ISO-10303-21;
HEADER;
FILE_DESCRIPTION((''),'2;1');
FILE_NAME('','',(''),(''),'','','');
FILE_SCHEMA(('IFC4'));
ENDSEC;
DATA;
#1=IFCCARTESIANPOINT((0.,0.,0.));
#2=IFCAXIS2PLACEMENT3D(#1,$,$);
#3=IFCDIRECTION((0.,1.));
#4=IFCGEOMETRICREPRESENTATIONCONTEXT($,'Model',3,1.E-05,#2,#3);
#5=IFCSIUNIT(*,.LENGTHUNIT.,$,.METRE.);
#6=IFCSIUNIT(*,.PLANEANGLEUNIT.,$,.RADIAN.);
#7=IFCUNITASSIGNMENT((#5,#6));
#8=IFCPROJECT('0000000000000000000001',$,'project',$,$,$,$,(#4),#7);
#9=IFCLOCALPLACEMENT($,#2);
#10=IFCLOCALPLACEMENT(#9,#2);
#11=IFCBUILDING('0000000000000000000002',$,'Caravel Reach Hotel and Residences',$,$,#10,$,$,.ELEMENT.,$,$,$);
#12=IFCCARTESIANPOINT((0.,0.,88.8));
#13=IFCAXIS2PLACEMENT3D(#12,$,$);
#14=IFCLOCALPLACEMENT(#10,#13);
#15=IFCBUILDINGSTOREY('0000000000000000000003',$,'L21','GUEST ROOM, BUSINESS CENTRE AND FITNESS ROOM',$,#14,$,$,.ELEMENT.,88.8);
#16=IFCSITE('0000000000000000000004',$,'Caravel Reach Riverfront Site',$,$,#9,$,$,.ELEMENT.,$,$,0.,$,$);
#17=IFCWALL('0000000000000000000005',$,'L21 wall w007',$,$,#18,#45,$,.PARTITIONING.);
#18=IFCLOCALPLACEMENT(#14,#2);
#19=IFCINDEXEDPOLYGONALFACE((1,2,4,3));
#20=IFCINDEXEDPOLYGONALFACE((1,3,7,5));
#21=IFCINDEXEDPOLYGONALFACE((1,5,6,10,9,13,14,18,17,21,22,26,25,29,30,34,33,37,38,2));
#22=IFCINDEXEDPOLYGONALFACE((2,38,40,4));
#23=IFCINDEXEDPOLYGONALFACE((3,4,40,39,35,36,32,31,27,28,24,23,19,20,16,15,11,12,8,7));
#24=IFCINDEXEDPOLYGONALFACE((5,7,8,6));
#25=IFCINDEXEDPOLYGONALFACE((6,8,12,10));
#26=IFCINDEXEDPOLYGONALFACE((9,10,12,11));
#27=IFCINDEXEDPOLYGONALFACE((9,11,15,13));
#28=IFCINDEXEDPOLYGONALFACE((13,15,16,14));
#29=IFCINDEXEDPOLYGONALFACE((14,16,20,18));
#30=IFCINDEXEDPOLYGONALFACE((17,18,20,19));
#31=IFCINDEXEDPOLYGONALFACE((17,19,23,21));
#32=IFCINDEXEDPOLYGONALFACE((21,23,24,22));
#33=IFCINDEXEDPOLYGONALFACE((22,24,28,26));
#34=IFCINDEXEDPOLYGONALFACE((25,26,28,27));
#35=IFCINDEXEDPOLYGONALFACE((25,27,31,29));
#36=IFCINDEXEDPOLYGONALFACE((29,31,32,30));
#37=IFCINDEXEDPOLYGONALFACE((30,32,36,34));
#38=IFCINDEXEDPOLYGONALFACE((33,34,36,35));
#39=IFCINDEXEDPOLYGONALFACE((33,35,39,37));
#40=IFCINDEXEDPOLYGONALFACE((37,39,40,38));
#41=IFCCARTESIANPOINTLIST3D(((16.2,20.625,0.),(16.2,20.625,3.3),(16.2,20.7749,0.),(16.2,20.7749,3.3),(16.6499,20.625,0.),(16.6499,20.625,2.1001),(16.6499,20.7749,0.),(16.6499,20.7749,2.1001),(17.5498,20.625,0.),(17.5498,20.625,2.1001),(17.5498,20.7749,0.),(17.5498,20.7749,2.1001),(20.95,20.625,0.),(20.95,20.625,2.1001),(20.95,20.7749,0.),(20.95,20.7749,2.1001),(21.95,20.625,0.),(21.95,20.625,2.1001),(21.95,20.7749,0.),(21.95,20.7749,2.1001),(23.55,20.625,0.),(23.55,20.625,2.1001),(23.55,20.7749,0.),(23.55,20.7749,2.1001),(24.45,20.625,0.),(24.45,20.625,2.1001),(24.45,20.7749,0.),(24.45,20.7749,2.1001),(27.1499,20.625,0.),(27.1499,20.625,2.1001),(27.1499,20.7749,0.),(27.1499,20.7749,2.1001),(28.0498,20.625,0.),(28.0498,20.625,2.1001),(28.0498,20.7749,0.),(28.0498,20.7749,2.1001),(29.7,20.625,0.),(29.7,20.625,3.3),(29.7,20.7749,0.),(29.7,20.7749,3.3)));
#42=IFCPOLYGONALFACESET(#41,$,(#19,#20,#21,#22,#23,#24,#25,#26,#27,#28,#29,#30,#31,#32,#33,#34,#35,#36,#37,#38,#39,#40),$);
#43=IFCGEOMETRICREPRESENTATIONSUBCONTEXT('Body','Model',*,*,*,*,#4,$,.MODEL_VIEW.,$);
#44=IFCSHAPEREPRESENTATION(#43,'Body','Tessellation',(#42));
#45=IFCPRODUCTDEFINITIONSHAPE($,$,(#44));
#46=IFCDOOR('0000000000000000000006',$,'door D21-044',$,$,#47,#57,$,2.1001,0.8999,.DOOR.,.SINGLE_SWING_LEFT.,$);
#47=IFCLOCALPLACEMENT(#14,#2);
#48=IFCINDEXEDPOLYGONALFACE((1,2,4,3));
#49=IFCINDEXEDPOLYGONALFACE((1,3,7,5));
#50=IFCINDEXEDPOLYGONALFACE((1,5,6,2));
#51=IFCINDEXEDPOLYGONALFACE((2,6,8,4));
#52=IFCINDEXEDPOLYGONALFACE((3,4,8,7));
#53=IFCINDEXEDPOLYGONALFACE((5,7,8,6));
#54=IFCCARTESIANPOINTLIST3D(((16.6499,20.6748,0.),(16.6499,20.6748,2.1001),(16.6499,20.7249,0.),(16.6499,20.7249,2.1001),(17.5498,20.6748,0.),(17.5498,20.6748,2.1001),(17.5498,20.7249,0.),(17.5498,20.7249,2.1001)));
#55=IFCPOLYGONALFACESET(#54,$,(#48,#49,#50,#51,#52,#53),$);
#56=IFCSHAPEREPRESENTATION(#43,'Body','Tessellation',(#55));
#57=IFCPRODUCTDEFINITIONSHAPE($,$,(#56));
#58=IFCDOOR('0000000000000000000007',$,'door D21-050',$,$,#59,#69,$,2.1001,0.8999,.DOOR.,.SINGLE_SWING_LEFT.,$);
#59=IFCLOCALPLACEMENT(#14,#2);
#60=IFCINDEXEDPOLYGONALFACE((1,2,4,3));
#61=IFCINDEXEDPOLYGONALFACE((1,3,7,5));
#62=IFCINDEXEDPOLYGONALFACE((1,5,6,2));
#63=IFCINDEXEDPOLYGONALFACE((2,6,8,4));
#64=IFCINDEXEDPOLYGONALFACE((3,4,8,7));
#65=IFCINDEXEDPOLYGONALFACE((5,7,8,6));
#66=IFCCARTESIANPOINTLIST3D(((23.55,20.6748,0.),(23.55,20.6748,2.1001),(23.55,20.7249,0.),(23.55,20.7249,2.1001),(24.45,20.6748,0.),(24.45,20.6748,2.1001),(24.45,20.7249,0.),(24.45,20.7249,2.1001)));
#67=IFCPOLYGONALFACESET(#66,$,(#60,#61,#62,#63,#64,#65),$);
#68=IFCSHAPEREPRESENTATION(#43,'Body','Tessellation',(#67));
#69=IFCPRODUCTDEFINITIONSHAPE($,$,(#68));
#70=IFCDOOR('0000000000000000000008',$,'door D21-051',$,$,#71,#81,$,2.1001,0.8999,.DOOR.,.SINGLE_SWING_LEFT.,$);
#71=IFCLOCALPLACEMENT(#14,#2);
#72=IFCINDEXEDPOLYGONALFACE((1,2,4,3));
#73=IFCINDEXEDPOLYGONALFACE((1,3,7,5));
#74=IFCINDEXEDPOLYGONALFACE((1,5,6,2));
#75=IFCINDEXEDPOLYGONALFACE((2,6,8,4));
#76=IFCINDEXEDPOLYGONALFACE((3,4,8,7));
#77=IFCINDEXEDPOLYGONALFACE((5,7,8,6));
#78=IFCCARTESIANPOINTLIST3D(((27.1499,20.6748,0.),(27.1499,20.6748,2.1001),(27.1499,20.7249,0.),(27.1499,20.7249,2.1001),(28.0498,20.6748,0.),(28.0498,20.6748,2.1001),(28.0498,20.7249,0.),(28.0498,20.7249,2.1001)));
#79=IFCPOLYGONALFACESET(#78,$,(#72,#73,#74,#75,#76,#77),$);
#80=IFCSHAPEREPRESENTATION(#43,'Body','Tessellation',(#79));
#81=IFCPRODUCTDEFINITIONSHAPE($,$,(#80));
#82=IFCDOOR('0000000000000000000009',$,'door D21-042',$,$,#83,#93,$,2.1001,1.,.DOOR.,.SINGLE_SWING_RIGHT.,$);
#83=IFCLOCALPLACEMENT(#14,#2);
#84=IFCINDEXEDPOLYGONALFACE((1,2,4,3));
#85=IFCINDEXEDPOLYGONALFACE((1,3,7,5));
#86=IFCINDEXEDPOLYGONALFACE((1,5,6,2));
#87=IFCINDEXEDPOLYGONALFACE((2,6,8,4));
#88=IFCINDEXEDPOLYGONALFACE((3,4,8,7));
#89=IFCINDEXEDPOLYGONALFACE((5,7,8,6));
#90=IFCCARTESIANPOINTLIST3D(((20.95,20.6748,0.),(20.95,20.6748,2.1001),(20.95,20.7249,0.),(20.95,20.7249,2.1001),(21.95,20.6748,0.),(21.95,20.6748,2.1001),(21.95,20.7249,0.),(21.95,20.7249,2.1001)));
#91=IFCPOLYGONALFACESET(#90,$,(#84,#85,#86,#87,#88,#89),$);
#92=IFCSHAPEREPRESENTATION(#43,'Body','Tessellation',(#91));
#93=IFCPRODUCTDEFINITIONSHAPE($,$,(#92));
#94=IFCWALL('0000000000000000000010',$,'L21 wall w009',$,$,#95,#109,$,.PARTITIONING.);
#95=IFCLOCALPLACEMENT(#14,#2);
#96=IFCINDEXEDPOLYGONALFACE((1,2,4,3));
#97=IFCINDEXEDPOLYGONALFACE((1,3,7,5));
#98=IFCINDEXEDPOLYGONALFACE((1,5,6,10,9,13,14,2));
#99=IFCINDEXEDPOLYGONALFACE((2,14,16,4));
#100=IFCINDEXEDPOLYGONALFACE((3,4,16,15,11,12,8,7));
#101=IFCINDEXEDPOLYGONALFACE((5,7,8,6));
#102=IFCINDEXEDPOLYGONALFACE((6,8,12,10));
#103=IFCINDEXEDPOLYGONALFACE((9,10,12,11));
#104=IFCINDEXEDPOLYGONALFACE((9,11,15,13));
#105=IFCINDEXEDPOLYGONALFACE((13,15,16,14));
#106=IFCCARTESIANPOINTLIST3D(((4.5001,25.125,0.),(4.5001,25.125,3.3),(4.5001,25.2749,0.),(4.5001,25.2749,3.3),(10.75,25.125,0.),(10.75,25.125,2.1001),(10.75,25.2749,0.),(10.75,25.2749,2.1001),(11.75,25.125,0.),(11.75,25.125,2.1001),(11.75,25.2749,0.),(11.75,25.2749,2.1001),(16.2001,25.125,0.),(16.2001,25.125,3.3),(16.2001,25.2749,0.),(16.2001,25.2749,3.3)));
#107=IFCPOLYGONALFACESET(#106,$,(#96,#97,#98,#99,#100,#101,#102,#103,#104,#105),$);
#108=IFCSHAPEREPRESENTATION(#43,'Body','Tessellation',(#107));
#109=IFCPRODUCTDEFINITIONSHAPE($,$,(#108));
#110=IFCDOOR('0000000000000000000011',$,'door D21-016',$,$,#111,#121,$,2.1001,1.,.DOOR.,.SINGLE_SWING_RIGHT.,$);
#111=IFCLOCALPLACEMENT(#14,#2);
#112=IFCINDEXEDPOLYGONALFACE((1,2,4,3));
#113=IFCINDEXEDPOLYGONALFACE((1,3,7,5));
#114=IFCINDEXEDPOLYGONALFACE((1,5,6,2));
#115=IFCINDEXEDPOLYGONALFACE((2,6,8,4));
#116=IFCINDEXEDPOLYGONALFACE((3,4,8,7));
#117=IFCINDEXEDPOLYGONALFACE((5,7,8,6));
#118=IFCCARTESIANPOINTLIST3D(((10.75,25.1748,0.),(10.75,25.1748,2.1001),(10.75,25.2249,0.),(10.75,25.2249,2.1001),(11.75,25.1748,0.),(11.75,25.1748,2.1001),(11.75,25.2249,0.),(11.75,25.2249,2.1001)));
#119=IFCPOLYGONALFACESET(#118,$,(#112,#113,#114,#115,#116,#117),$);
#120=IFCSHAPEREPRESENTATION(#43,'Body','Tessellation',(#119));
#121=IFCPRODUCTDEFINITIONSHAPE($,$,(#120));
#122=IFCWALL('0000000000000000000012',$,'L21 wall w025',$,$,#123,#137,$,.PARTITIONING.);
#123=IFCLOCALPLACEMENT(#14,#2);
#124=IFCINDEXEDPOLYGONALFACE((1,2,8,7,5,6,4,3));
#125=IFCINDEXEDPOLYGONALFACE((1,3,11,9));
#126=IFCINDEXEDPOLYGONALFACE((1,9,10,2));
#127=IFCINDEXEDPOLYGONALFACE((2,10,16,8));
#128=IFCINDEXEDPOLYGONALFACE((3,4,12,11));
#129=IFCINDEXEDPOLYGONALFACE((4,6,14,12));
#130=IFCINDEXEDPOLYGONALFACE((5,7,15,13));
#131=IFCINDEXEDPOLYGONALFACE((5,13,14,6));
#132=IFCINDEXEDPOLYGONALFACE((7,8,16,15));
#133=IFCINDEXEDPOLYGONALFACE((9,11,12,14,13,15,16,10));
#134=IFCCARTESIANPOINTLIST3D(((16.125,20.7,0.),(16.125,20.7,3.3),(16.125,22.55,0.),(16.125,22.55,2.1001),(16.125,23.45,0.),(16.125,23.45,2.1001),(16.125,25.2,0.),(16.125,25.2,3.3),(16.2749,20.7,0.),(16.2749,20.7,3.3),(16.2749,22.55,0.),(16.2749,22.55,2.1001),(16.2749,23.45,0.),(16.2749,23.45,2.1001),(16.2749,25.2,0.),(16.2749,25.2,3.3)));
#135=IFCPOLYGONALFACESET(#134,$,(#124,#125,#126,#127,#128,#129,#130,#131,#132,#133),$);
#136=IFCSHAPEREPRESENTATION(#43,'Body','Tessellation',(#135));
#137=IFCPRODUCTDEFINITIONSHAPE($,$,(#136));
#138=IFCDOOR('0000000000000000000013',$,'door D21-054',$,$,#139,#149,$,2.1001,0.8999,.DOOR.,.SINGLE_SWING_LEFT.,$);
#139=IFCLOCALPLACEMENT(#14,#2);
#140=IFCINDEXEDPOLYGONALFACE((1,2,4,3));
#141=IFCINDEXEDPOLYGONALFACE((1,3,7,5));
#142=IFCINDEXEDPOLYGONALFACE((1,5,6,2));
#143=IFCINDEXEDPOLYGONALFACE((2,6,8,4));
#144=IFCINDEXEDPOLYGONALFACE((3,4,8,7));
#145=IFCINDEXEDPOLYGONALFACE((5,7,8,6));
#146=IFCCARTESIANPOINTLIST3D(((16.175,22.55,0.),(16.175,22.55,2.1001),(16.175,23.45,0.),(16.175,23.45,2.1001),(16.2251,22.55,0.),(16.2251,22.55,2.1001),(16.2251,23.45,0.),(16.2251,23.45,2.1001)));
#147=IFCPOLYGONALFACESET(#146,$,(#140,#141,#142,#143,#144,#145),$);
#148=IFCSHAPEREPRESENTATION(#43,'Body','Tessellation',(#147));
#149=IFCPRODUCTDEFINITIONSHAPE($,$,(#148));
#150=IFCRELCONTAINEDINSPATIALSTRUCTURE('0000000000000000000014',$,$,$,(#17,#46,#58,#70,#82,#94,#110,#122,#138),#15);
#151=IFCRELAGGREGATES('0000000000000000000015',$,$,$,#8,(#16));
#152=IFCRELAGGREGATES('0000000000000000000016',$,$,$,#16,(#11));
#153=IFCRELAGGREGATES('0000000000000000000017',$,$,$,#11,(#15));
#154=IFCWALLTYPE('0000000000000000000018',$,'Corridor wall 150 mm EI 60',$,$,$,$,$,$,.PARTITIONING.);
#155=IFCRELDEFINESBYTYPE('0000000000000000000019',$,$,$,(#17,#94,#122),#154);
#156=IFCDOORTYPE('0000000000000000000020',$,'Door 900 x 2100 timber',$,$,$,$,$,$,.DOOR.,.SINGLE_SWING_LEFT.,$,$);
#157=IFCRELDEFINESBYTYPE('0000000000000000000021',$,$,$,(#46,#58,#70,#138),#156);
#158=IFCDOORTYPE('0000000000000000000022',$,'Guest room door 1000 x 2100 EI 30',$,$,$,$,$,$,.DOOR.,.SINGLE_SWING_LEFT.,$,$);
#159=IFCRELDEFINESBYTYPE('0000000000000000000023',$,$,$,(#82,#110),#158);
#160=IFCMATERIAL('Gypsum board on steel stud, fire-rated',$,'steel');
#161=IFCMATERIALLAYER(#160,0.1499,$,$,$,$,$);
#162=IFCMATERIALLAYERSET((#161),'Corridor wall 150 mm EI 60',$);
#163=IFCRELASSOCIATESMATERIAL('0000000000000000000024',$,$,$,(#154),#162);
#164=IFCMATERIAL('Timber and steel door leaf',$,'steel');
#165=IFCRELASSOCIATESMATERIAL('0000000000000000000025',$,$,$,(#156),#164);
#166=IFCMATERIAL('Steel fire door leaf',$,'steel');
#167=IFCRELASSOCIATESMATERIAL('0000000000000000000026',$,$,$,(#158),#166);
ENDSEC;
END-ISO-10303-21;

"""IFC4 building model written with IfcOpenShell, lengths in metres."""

from ifc_helpers import new_model, si_unit, direction, frame, frame_2d, origin, place, context, subcontext, project, spatial, rectangle, extrude, material, layer, layer_set, type_object, element, fill, save


model = new_model("IFC4")

# Units and contexts
model_context = context("Model", 3, precision=1e-05, world=origin(), true_north=direction((0.0, 1.0)))
body_context = subcontext(model_context, "Body", "Model", "MODEL_VIEW")
ifc_project = project(units=[si_unit("LENGTHUNIT", "METRE"), si_unit("PLANEANGLEUNIT", "RADIAN")], contexts=[model_context])

# Site, building, storey
site_placement = place(None, origin())
site = spatial("IfcSite", under=ifc_project, at=site_placement, Name="Caravel Reach Riverfront Site", CompositionType="ELEMENT", RefElevation=0.0)
building_placement = place(site_placement, origin())
building = spatial("IfcBuilding", under=site, at=building_placement, Name="Caravel Reach Hotel and Residences", CompositionType="ELEMENT")
storey_placement = place(building_placement, frame((0.0, 0.0, 88.8)))
storey = spatial("IfcBuildingStorey", under=building, at=storey_placement, Name="L21", Description="GUEST ROOM, BUSINESS CENTRE AND FITNESS ROOM", CompositionType="ELEMENT", Elevation=88.8)

# Wall, openings, doors
ifc_material_1 = material(Name="Gypsum board on steel stud, fire-rated", Category="steel")
ifc_layer_1 = layer(ifc_material_1, 0.1499)
ifc_layer_set_1 = layer_set([ifc_layer_1], Name="Corridor wall 150 mm EI 60")
wall_type_1 = type_object("IfcWallType", Name="Corridor wall 150 mm EI 60", PredefinedType="PARTITIONING", material=ifc_layer_set_1)
wall_1_placement = place(storey_placement, frame((16.2, 20.7, 0.0), z_axis=(0.0, 0.0, 1.0), x_axis=(1.0, 0.0, 0.0)))
wall_1 = element("IfcWall", 1, at=wall_1_placement, inside=storey, type_object=wall_type_1, Name="L21 wall w007", PredefinedType="PARTITIONING", context=body_context, shape_type="SweptSolid", body=[
    extrude(rectangle(XDim=13.5, YDim=0.1499, at=frame_2d((6.75, 0.0))), origin(), (0.0, 0.0, 1.0), 3.3),
])
opening_1_placement = place(wall_1_placement, frame((4.75, 0.0, 0.0)))
opening_1 = element("IfcOpeningElement", 2, at=opening_1_placement, cuts=wall_1, PredefinedType="OPENING", context=body_context, shape_type="SweptSolid", body=[
    extrude(rectangle(XDim=1.0, YDim=2.1001, at=frame_2d((0.5, 1.05))), frame((0.0, 0.085, 0.0), z_axis=(0.0, -1.0, 0.0), x_axis=(1.0, 0.0, 0.0)), (0.0, 0.0, 1.0), 0.1699),
])
opening_2_placement = place(wall_1_placement, frame((0.45, 0.0, 0.0)))
opening_2 = element("IfcOpeningElement", 3, at=opening_2_placement, cuts=wall_1, PredefinedType="OPENING", context=body_context, shape_type="SweptSolid", body=[
    extrude(rectangle(XDim=0.8999, YDim=2.1001, at=frame_2d((0.45, 1.05))), frame((0.0, 0.085, 0.0), z_axis=(0.0, -1.0, 0.0), x_axis=(1.0, 0.0, 0.0)), (0.0, 0.0, 1.0), 0.1699),
])
opening_3_placement = place(wall_1_placement, frame((7.3501, 0.0, 0.0)))
opening_3 = element("IfcOpeningElement", 4, at=opening_3_placement, cuts=wall_1, PredefinedType="OPENING", context=body_context, shape_type="SweptSolid", body=[
    extrude(rectangle(XDim=0.8999, YDim=2.1001, at=frame_2d((0.45, 1.05))), frame((0.0, 0.085, 0.0), z_axis=(0.0, -1.0, 0.0), x_axis=(1.0, 0.0, 0.0)), (0.0, 0.0, 1.0), 0.1699),
])
opening_4_placement = place(wall_1_placement, frame((10.95, 0.0, 0.0)))
opening_4 = element("IfcOpeningElement", 5, at=opening_4_placement, cuts=wall_1, PredefinedType="OPENING", context=body_context, shape_type="SweptSolid", body=[
    extrude(rectangle(XDim=0.8999, YDim=2.1001, at=frame_2d((0.45, 1.05))), frame((0.0, 0.085, 0.0), z_axis=(0.0, -1.0, 0.0), x_axis=(1.0, 0.0, 0.0)), (0.0, 0.0, 1.0), 0.1699),
])
ifc_material_2 = material(Name="Timber and steel door leaf", Category="steel")
door_type_1 = type_object("IfcDoorType", Name="Door 900 x 2100 timber", OperationType="SINGLE_SWING_LEFT", PredefinedType="DOOR", material=ifc_material_2)
door_1_placement = place(opening_2_placement, origin())
door_1 = element("IfcDoor", 6, at=door_1_placement, inside=storey, type_object=door_type_1, Name="door D21-044", OperationType="SINGLE_SWING_LEFT", OverallHeight=2.1001, OverallWidth=0.8999, PredefinedType="DOOR", context=body_context, shape_type="SweptSolid", body=[
    extrude(rectangle(XDim=0.8999, YDim=2.1001, at=frame_2d((0.45, 1.05))), frame((0.0, 0.0249, 0.0), z_axis=(0.0, -1.0, 0.0), x_axis=(1.0, 0.0, 0.0)), (0.0, 0.0, 1.0), 0.05),
])
fill(opening_2, door_1)
door_2_placement = place(opening_3_placement, origin())
door_2 = element("IfcDoor", 7, at=door_2_placement, inside=storey, type_object=door_type_1, Name="door D21-050", OperationType="SINGLE_SWING_LEFT", OverallHeight=2.1001, OverallWidth=0.8999, PredefinedType="DOOR", context=body_context, shape_type="SweptSolid", body=[
    extrude(rectangle(XDim=0.8999, YDim=2.1001, at=frame_2d((0.45, 1.05))), frame((0.0, 0.0249, 0.0), z_axis=(0.0, -1.0, 0.0), x_axis=(1.0, 0.0, 0.0)), (0.0, 0.0, 1.0), 0.05),
])
fill(opening_3, door_2)
door_3_placement = place(opening_4_placement, origin())
door_3 = element("IfcDoor", 8, at=door_3_placement, inside=storey, type_object=door_type_1, Name="door D21-051", OperationType="SINGLE_SWING_LEFT", OverallHeight=2.1001, OverallWidth=0.8999, PredefinedType="DOOR", context=body_context, shape_type="SweptSolid", body=[
    extrude(rectangle(XDim=0.8999, YDim=2.1001, at=frame_2d((0.45, 1.05))), frame((0.0, 0.0249, 0.0), z_axis=(0.0, -1.0, 0.0), x_axis=(1.0, 0.0, 0.0)), (0.0, 0.0, 1.0), 0.05),
])
fill(opening_4, door_3)
ifc_material_3 = material(Name="Steel fire door leaf", Category="steel")
door_type_2 = type_object("IfcDoorType", Name="Guest room door 1000 x 2100 EI 30", OperationType="SINGLE_SWING_LEFT", PredefinedType="DOOR", material=ifc_material_3)
door_4_placement = place(opening_1_placement, origin())
door_4 = element("IfcDoor", 9, at=door_4_placement, inside=storey, type_object=door_type_2, Name="door D21-042", OperationType="SINGLE_SWING_RIGHT", OverallHeight=2.1001, OverallWidth=1.0, PredefinedType="DOOR", context=body_context, shape_type="SweptSolid", body=[
    extrude(rectangle(XDim=1.0, YDim=2.1001, at=frame_2d((0.5, 1.05))), frame((0.0, 0.0249, 0.0), z_axis=(0.0, -1.0, 0.0), x_axis=(1.0, 0.0, 0.0)), (0.0, 0.0, 1.0), 0.05),
])
fill(opening_1, door_4)

# Walls, openings, doors
wall_2_placement = place(storey_placement, frame((4.5, 25.2, 0.0), z_axis=(0.0, 0.0, 1.0), x_axis=(1.0, 0.0, 0.0)))
wall_2 = element("IfcWall", 10, at=wall_2_placement, inside=storey, type_object=wall_type_1, Name="L21 wall w009", PredefinedType="PARTITIONING", context=body_context, shape_type="SweptSolid", body=[
    extrude(rectangle(XDim=11.7, YDim=0.1499, at=frame_2d((5.8501, 0.0))), origin(), (0.0, 0.0, 1.0), 3.3),
])
opening_5_placement = place(wall_2_placement, frame((6.25, 0.0, 0.0)))
opening_5 = element("IfcOpeningElement", 11, at=opening_5_placement, cuts=wall_2, PredefinedType="OPENING", context=body_context, shape_type="SweptSolid", body=[
    extrude(rectangle(XDim=1.0, YDim=2.1001, at=frame_2d((0.5, 1.05))), frame((0.0, 0.085, 0.0), z_axis=(0.0, -1.0, 0.0), x_axis=(1.0, 0.0, 0.0)), (0.0, 0.0, 1.0), 0.1699),
])
door_5_placement = place(opening_5_placement, origin())
door_5 = element("IfcDoor", 12, at=door_5_placement, inside=storey, type_object=door_type_2, Name="door D21-016", OperationType="SINGLE_SWING_RIGHT", OverallHeight=2.1001, OverallWidth=1.0, PredefinedType="DOOR", context=body_context, shape_type="SweptSolid", body=[
    extrude(rectangle(XDim=1.0, YDim=2.1001, at=frame_2d((0.5, 1.05))), frame((0.0, 0.0249, 0.0), z_axis=(0.0, -1.0, 0.0), x_axis=(1.0, 0.0, 0.0)), (0.0, 0.0, 1.0), 0.05),
])
fill(opening_5, door_5)
wall_3_placement = place(storey_placement, frame((16.2, 20.7, 0.0), z_axis=(0.0, 0.0, 1.0), x_axis=(0.0, 1.0, 0.0)))
wall_3 = element("IfcWall", 13, at=wall_3_placement, inside=storey, type_object=wall_type_1, Name="L21 wall w025", PredefinedType="PARTITIONING", context=body_context, shape_type="SweptSolid", body=[
    extrude(rectangle(XDim=4.5, YDim=0.1499, at=frame_2d((2.25, 0.0))), origin(), (0.0, 0.0, 1.0), 3.3),
])
opening_6_placement = place(wall_3_placement, frame((1.8501, 0.0, 0.0)))
opening_6 = element("IfcOpeningElement", 14, at=opening_6_placement, cuts=wall_3, PredefinedType="OPENING", context=body_context, shape_type="SweptSolid", body=[
    extrude(rectangle(XDim=0.8999, YDim=2.1001, at=frame_2d((0.45, 1.05))), frame((0.0, 0.085, 0.0), z_axis=(0.0, -1.0, 0.0), x_axis=(1.0, 0.0, 0.0)), (0.0, 0.0, 1.0), 0.1699),
])
door_6_placement = place(opening_6_placement, origin())
door_6 = element("IfcDoor", 15, at=door_6_placement, inside=storey, type_object=door_type_1, Name="door D21-054", OperationType="SINGLE_SWING_LEFT", OverallHeight=2.1001, OverallWidth=0.8999, PredefinedType="DOOR", context=body_context, shape_type="SweptSolid", body=[
    extrude(rectangle(XDim=0.8999, YDim=2.1001, at=frame_2d((0.45, 1.05))), frame((0.0, 0.0249, 0.0), z_axis=(0.0, -1.0, 0.0), x_axis=(1.0, 0.0, 0.0)), (0.0, 0.0, 1.0), 0.05),
])
fill(opening_6, door_6)

save(model, "model.ifc")
